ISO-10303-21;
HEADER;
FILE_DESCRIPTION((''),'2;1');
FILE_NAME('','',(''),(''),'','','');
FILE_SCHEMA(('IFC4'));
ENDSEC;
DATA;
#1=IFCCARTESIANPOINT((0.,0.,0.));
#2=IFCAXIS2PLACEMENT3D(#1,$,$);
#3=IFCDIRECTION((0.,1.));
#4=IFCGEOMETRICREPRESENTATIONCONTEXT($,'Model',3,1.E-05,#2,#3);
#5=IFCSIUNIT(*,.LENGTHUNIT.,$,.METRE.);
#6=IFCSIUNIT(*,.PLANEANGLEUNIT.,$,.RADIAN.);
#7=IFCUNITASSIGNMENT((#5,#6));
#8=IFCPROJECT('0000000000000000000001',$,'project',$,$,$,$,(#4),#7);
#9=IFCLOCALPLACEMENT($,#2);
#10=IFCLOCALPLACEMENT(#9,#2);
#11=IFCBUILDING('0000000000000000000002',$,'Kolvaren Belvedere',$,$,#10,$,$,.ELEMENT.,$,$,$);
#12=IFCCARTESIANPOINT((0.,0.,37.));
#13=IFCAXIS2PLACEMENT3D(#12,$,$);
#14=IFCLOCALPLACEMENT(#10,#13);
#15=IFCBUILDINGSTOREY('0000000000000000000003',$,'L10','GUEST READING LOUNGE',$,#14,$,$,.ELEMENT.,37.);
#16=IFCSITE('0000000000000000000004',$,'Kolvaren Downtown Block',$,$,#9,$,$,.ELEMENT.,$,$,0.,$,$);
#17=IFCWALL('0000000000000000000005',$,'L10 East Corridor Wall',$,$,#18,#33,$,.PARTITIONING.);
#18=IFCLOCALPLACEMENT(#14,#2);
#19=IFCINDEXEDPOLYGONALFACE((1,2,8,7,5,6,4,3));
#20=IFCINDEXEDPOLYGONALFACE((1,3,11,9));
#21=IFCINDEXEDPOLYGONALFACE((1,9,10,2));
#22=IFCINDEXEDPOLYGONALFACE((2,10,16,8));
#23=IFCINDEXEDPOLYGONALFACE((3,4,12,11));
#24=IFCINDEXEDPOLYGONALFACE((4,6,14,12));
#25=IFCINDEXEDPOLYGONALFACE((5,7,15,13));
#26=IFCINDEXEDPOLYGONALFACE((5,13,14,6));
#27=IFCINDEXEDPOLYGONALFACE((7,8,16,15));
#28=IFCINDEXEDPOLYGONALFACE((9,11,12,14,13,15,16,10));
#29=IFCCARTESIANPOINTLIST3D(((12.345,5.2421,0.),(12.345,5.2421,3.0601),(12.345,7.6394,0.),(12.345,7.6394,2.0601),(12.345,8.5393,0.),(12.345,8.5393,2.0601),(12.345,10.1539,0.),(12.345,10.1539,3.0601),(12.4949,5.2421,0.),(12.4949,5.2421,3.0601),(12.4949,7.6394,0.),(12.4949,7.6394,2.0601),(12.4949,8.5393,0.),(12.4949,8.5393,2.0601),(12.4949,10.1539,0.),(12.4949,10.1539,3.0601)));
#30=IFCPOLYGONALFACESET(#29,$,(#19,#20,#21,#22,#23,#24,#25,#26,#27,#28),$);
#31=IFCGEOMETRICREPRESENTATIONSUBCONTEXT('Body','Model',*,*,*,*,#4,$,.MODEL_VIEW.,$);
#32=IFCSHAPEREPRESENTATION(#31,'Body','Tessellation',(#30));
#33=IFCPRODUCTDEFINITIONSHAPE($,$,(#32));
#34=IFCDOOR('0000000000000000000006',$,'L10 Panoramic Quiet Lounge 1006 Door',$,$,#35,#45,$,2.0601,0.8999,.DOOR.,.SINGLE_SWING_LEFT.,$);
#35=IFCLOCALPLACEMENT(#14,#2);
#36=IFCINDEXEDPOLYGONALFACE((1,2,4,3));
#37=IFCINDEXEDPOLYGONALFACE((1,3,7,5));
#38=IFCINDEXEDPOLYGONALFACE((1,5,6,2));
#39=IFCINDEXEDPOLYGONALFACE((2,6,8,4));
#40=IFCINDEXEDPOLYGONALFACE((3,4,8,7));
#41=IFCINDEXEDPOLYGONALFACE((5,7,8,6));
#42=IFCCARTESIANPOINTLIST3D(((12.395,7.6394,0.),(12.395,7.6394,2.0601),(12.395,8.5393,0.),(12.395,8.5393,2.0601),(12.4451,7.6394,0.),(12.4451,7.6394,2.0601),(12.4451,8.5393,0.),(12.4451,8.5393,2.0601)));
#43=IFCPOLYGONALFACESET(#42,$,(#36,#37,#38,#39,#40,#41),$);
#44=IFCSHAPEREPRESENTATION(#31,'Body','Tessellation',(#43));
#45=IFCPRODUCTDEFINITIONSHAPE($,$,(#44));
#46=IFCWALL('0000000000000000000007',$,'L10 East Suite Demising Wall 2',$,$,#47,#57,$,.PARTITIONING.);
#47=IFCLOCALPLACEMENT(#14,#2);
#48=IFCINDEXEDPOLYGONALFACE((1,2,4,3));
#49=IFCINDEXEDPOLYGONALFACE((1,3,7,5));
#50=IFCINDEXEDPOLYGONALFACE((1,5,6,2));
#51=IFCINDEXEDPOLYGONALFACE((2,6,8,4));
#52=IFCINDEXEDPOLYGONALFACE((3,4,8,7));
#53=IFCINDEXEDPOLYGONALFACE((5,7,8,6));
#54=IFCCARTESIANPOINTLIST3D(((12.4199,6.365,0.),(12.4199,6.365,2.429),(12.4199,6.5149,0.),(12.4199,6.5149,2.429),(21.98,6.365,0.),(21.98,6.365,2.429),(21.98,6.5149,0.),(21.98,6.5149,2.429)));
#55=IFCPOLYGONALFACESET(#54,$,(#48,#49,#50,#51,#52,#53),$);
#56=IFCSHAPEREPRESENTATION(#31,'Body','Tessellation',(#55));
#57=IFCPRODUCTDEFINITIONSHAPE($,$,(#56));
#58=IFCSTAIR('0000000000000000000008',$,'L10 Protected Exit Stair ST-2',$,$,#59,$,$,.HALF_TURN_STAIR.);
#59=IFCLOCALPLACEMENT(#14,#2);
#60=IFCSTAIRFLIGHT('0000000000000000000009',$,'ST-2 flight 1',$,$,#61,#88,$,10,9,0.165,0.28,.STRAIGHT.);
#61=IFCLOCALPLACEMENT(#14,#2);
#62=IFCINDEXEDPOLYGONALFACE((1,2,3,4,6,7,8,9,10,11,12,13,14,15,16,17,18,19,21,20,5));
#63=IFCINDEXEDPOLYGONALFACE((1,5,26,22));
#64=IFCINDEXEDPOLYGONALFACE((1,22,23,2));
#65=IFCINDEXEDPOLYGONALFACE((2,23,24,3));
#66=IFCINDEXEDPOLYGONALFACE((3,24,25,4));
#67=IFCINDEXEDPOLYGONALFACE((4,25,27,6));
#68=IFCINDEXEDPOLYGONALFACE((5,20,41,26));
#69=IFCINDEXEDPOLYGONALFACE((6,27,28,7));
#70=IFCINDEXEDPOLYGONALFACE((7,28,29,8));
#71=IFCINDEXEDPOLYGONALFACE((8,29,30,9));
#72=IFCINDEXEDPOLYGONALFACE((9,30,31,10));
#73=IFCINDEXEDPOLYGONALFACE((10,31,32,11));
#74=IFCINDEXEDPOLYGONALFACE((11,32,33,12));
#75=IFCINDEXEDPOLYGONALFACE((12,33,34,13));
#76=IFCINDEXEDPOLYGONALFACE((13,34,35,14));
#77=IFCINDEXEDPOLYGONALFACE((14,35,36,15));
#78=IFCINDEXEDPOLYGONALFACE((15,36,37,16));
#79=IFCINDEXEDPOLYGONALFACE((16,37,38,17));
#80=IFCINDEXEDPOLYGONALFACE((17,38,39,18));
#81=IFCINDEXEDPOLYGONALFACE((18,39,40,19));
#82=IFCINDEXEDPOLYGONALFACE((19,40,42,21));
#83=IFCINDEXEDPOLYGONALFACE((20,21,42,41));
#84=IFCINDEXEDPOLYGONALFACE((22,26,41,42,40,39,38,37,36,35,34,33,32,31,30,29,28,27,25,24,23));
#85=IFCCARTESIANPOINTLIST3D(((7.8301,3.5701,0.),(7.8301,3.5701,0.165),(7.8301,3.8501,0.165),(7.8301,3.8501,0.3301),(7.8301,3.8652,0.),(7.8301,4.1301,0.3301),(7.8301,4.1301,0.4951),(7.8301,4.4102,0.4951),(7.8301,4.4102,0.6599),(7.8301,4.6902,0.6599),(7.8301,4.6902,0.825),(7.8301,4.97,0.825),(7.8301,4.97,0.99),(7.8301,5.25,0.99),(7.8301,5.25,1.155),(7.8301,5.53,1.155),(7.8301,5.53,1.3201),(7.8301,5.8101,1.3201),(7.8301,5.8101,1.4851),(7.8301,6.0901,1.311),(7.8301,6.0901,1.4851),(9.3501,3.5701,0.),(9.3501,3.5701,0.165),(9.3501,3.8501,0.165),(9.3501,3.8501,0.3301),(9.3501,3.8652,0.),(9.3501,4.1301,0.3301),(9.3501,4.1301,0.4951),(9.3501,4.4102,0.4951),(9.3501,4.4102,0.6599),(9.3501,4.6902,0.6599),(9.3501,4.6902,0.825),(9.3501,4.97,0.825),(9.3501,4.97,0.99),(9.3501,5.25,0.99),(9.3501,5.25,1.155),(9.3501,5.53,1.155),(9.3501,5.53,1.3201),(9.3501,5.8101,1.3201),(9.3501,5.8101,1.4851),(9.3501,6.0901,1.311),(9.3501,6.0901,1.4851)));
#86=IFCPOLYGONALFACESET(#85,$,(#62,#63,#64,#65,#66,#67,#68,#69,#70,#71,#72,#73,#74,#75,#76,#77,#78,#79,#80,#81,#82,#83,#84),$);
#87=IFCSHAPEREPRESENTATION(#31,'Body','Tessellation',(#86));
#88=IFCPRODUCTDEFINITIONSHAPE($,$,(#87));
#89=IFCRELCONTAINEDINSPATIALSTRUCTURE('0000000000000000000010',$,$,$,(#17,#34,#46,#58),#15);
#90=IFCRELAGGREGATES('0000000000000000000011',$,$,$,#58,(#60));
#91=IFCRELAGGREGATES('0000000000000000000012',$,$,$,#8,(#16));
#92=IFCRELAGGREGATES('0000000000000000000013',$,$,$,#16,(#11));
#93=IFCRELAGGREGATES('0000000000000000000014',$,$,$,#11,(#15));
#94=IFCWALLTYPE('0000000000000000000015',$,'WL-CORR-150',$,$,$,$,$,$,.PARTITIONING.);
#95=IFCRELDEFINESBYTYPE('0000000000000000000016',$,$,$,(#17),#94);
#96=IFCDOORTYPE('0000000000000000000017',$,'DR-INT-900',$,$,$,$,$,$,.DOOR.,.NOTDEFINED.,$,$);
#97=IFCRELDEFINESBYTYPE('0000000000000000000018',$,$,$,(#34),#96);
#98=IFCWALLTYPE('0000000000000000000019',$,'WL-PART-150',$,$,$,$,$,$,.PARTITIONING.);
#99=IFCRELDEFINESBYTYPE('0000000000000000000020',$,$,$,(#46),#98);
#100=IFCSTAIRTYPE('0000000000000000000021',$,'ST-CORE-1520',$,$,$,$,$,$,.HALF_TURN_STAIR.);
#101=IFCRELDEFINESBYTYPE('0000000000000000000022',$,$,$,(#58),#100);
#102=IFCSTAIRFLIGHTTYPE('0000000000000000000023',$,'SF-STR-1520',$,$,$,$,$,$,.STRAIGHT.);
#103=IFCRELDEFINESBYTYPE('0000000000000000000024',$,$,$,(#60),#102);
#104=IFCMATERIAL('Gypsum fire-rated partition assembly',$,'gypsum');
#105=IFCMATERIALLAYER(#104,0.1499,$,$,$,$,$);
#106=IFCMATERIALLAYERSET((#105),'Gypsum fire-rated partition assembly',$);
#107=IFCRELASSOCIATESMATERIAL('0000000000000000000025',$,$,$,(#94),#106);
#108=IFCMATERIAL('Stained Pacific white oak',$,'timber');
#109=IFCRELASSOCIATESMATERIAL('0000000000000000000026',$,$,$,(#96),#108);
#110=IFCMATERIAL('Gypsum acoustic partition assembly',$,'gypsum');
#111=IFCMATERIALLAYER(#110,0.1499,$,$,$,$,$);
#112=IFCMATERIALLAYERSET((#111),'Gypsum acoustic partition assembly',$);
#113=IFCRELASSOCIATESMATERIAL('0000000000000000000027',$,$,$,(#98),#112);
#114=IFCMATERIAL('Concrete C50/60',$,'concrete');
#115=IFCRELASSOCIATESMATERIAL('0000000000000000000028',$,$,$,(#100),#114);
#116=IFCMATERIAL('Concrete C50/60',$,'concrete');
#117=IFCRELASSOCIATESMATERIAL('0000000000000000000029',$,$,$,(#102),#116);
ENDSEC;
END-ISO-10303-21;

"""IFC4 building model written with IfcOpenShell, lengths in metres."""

from ifc_helpers import new_model, si_unit, direction, frame, frame_2d, origin, place, context, subcontext, project, spatial, polyline, rectangle, outline, extrude, material, layer, layer_set, type_object, element, fill, aggregate, save


model = new_model("IFC4")

# Units and contexts
model_context = context("Model", 3, precision=1e-05, world=origin(), true_north=direction((0.0, 1.0)))
body_context = subcontext(model_context, "Body", "Model", "MODEL_VIEW")
ifc_project = project(units=[si_unit("LENGTHUNIT", "METRE"), si_unit("PLANEANGLEUNIT", "RADIAN")], contexts=[model_context])

# Site, building, storey
site_placement = place(None, origin())
site = spatial("IfcSite", under=ifc_project, at=site_placement, Name="Kolvaren Downtown Block", CompositionType="ELEMENT", RefElevation=0.0)
building_placement = place(site_placement, origin())
building = spatial("IfcBuilding", under=site, at=building_placement, Name="Kolvaren Belvedere", CompositionType="ELEMENT")
storey_placement = place(building_placement, frame((0.0, 0.0, 37.0)))
storey = spatial("IfcBuildingStorey", under=building, at=storey_placement, Name="L10", Description="GUEST READING LOUNGE", CompositionType="ELEMENT", Elevation=37.0)

# Shared definitions
ifc_material_1 = material(Name="Gypsum fire-rated partition assembly", Category="gypsum")
ifc_layer_1 = layer(ifc_material_1, 0.1499)
ifc_layer_set_1 = layer_set([ifc_layer_1], Name="Gypsum fire-rated partition assembly")
wall_type_1 = type_object("IfcWallType", Name="WL-CORR-150", PredefinedType="PARTITIONING", material=ifc_layer_set_1)

# Wall, opening, door
wall_1_placement = place(storey_placement, frame((12.4199, 5.2419, 0.0), z_axis=(0.0, 0.0, 1.0), x_axis=(0.0, 1.0, 0.0)))
wall_1 = element("IfcWall", 1, at=wall_1_placement, inside=storey, type_object=wall_type_1, Name="L10 East Corridor Wall", PredefinedType="PARTITIONING", context=body_context, shape_type="SweptSolid", body=[
    extrude(rectangle(XDim=4.9119, YDim=0.1499, at=frame_2d((2.4561, 0.0))), origin(), (0.0, 0.0, 1.0), 3.0601),
])
opening_placement = place(wall_1_placement, frame((2.3975, 0.0, 0.0)))
opening = element("IfcOpeningElement", 2, at=opening_placement, cuts=wall_1, PredefinedType="OPENING", context=body_context, shape_type="SweptSolid", body=[
    extrude(rectangle(XDim=0.8999, YDim=2.0601, at=frame_2d((0.45, 1.03))), frame((0.0, 0.085, 0.0), z_axis=(0.0, -1.0, 0.0), x_axis=(1.0, 0.0, 0.0)), (0.0, 0.0, 1.0), 0.1699),
])
ifc_material_2 = material(Name="Stained Pacific white oak", Category="timber")
door_type = type_object("IfcDoorType", Name="DR-INT-900", OperationType="NOTDEFINED", PredefinedType="DOOR", material=ifc_material_2)
door_placement = place(opening_placement, origin())
door = element("IfcDoor", 3, at=door_placement, inside=storey, type_object=door_type, Name="L10 Panoramic Quiet Lounge 1006 Door", OperationType="SINGLE_SWING_LEFT", OverallHeight=2.0601, OverallWidth=0.8999, PredefinedType="DOOR", context=body_context, shape_type="SweptSolid", body=[
    extrude(rectangle(XDim=0.8999, YDim=2.0601, at=frame_2d((0.45, 1.03))), frame((0.0, 0.0249, 0.0), z_axis=(0.0, -1.0, 0.0), x_axis=(1.0, 0.0, 0.0)), (0.0, 0.0, 1.0), 0.05),
])
fill(opening, door)

# Wall
ifc_material_3 = material(Name="Gypsum acoustic partition assembly", Category="gypsum")
ifc_layer_2 = layer(ifc_material_3, 0.1499)
ifc_layer_set_2 = layer_set([ifc_layer_2], Name="Gypsum acoustic partition assembly")
wall_type_2 = type_object("IfcWallType", Name="WL-PART-150", PredefinedType="PARTITIONING", material=ifc_layer_set_2)
wall_2_placement = place(storey_placement, frame((12.4199, 6.4399, 0.0), z_axis=(0.0, 0.0, 1.0), x_axis=(1.0, 0.0, 0.0)))
element("IfcWall", 4, at=wall_2_placement, inside=storey, type_object=wall_type_2, Name="L10 East Suite Demising Wall 2", PredefinedType="PARTITIONING", context=body_context, shape_type="SweptSolid", body=[
    extrude(rectangle(XDim=9.5601, YDim=0.1499, at=frame_2d((4.78, 0.0))), origin(), (0.0, 0.0, 1.0), 2.429),
])

# Stair, stair flight
ifc_material_4 = material(Name="Concrete C50/60", Category="concrete")
stair_type = type_object("IfcStairType", Name="ST-CORE-1520", PredefinedType="HALF_TURN_STAIR", material=ifc_material_4)
stair_placement = place(storey_placement, origin())
stair = element("IfcStair", 5, at=stair_placement, inside=storey, type_object=stair_type, Name="L10 Protected Exit Stair ST-2", PredefinedType="HALF_TURN_STAIR")
ifc_material_5 = material(Name="Concrete C50/60", Category="concrete")
stair_flight_type = type_object("IfcStairFlightType", Name="SF-STR-1520", PredefinedType="STRAIGHT", material=ifc_material_5)
stair_flight_placement = place(storey_placement, frame((8.5901, 3.5701, 0.0), z_axis=(0.0, 0.0, 1.0), x_axis=(0.0, 1.0, 0.0)))
stair_flight = element("IfcStairFlight", 6, at=stair_flight_placement, type_object=stair_flight_type, Name="ST-2 flight 1", NumberOfRisers=10, NumberOfTreads=9, PredefinedType="STRAIGHT", RiserHeight=0.165, TreadLength=0.28, context=body_context, shape_type="SweptSolid", body=[
    extrude(outline(polyline([(0.0, 0.0), (0.0, 0.165), (0.28, 0.165), (0.28, 0.3301), (0.5601, 0.3301), (0.5601, 0.4951), (0.8401, 0.4951), (0.8401, 0.6599), (1.1201, 0.6599), (1.1201, 0.825), (1.3999, 0.825), (1.3999, 0.99), (1.6799, 0.99), (1.6799, 1.155), (1.96, 1.155), (1.96, 1.3201), (2.24, 1.3201), (2.24, 1.4851), (2.52, 1.4851), (2.52, 1.6499), (2.52, 1.311), (0.2952, 0.0), (0.0, 0.0)])), frame((0.0, 0.76, 0.0), z_axis=(0.0, -1.0, 0.0), x_axis=(1.0, 0.0, 0.0)), (0.0, 0.0, 1.0), 1.52),
])
aggregate(stair, [stair_flight])

save(model, "model.ifc")
